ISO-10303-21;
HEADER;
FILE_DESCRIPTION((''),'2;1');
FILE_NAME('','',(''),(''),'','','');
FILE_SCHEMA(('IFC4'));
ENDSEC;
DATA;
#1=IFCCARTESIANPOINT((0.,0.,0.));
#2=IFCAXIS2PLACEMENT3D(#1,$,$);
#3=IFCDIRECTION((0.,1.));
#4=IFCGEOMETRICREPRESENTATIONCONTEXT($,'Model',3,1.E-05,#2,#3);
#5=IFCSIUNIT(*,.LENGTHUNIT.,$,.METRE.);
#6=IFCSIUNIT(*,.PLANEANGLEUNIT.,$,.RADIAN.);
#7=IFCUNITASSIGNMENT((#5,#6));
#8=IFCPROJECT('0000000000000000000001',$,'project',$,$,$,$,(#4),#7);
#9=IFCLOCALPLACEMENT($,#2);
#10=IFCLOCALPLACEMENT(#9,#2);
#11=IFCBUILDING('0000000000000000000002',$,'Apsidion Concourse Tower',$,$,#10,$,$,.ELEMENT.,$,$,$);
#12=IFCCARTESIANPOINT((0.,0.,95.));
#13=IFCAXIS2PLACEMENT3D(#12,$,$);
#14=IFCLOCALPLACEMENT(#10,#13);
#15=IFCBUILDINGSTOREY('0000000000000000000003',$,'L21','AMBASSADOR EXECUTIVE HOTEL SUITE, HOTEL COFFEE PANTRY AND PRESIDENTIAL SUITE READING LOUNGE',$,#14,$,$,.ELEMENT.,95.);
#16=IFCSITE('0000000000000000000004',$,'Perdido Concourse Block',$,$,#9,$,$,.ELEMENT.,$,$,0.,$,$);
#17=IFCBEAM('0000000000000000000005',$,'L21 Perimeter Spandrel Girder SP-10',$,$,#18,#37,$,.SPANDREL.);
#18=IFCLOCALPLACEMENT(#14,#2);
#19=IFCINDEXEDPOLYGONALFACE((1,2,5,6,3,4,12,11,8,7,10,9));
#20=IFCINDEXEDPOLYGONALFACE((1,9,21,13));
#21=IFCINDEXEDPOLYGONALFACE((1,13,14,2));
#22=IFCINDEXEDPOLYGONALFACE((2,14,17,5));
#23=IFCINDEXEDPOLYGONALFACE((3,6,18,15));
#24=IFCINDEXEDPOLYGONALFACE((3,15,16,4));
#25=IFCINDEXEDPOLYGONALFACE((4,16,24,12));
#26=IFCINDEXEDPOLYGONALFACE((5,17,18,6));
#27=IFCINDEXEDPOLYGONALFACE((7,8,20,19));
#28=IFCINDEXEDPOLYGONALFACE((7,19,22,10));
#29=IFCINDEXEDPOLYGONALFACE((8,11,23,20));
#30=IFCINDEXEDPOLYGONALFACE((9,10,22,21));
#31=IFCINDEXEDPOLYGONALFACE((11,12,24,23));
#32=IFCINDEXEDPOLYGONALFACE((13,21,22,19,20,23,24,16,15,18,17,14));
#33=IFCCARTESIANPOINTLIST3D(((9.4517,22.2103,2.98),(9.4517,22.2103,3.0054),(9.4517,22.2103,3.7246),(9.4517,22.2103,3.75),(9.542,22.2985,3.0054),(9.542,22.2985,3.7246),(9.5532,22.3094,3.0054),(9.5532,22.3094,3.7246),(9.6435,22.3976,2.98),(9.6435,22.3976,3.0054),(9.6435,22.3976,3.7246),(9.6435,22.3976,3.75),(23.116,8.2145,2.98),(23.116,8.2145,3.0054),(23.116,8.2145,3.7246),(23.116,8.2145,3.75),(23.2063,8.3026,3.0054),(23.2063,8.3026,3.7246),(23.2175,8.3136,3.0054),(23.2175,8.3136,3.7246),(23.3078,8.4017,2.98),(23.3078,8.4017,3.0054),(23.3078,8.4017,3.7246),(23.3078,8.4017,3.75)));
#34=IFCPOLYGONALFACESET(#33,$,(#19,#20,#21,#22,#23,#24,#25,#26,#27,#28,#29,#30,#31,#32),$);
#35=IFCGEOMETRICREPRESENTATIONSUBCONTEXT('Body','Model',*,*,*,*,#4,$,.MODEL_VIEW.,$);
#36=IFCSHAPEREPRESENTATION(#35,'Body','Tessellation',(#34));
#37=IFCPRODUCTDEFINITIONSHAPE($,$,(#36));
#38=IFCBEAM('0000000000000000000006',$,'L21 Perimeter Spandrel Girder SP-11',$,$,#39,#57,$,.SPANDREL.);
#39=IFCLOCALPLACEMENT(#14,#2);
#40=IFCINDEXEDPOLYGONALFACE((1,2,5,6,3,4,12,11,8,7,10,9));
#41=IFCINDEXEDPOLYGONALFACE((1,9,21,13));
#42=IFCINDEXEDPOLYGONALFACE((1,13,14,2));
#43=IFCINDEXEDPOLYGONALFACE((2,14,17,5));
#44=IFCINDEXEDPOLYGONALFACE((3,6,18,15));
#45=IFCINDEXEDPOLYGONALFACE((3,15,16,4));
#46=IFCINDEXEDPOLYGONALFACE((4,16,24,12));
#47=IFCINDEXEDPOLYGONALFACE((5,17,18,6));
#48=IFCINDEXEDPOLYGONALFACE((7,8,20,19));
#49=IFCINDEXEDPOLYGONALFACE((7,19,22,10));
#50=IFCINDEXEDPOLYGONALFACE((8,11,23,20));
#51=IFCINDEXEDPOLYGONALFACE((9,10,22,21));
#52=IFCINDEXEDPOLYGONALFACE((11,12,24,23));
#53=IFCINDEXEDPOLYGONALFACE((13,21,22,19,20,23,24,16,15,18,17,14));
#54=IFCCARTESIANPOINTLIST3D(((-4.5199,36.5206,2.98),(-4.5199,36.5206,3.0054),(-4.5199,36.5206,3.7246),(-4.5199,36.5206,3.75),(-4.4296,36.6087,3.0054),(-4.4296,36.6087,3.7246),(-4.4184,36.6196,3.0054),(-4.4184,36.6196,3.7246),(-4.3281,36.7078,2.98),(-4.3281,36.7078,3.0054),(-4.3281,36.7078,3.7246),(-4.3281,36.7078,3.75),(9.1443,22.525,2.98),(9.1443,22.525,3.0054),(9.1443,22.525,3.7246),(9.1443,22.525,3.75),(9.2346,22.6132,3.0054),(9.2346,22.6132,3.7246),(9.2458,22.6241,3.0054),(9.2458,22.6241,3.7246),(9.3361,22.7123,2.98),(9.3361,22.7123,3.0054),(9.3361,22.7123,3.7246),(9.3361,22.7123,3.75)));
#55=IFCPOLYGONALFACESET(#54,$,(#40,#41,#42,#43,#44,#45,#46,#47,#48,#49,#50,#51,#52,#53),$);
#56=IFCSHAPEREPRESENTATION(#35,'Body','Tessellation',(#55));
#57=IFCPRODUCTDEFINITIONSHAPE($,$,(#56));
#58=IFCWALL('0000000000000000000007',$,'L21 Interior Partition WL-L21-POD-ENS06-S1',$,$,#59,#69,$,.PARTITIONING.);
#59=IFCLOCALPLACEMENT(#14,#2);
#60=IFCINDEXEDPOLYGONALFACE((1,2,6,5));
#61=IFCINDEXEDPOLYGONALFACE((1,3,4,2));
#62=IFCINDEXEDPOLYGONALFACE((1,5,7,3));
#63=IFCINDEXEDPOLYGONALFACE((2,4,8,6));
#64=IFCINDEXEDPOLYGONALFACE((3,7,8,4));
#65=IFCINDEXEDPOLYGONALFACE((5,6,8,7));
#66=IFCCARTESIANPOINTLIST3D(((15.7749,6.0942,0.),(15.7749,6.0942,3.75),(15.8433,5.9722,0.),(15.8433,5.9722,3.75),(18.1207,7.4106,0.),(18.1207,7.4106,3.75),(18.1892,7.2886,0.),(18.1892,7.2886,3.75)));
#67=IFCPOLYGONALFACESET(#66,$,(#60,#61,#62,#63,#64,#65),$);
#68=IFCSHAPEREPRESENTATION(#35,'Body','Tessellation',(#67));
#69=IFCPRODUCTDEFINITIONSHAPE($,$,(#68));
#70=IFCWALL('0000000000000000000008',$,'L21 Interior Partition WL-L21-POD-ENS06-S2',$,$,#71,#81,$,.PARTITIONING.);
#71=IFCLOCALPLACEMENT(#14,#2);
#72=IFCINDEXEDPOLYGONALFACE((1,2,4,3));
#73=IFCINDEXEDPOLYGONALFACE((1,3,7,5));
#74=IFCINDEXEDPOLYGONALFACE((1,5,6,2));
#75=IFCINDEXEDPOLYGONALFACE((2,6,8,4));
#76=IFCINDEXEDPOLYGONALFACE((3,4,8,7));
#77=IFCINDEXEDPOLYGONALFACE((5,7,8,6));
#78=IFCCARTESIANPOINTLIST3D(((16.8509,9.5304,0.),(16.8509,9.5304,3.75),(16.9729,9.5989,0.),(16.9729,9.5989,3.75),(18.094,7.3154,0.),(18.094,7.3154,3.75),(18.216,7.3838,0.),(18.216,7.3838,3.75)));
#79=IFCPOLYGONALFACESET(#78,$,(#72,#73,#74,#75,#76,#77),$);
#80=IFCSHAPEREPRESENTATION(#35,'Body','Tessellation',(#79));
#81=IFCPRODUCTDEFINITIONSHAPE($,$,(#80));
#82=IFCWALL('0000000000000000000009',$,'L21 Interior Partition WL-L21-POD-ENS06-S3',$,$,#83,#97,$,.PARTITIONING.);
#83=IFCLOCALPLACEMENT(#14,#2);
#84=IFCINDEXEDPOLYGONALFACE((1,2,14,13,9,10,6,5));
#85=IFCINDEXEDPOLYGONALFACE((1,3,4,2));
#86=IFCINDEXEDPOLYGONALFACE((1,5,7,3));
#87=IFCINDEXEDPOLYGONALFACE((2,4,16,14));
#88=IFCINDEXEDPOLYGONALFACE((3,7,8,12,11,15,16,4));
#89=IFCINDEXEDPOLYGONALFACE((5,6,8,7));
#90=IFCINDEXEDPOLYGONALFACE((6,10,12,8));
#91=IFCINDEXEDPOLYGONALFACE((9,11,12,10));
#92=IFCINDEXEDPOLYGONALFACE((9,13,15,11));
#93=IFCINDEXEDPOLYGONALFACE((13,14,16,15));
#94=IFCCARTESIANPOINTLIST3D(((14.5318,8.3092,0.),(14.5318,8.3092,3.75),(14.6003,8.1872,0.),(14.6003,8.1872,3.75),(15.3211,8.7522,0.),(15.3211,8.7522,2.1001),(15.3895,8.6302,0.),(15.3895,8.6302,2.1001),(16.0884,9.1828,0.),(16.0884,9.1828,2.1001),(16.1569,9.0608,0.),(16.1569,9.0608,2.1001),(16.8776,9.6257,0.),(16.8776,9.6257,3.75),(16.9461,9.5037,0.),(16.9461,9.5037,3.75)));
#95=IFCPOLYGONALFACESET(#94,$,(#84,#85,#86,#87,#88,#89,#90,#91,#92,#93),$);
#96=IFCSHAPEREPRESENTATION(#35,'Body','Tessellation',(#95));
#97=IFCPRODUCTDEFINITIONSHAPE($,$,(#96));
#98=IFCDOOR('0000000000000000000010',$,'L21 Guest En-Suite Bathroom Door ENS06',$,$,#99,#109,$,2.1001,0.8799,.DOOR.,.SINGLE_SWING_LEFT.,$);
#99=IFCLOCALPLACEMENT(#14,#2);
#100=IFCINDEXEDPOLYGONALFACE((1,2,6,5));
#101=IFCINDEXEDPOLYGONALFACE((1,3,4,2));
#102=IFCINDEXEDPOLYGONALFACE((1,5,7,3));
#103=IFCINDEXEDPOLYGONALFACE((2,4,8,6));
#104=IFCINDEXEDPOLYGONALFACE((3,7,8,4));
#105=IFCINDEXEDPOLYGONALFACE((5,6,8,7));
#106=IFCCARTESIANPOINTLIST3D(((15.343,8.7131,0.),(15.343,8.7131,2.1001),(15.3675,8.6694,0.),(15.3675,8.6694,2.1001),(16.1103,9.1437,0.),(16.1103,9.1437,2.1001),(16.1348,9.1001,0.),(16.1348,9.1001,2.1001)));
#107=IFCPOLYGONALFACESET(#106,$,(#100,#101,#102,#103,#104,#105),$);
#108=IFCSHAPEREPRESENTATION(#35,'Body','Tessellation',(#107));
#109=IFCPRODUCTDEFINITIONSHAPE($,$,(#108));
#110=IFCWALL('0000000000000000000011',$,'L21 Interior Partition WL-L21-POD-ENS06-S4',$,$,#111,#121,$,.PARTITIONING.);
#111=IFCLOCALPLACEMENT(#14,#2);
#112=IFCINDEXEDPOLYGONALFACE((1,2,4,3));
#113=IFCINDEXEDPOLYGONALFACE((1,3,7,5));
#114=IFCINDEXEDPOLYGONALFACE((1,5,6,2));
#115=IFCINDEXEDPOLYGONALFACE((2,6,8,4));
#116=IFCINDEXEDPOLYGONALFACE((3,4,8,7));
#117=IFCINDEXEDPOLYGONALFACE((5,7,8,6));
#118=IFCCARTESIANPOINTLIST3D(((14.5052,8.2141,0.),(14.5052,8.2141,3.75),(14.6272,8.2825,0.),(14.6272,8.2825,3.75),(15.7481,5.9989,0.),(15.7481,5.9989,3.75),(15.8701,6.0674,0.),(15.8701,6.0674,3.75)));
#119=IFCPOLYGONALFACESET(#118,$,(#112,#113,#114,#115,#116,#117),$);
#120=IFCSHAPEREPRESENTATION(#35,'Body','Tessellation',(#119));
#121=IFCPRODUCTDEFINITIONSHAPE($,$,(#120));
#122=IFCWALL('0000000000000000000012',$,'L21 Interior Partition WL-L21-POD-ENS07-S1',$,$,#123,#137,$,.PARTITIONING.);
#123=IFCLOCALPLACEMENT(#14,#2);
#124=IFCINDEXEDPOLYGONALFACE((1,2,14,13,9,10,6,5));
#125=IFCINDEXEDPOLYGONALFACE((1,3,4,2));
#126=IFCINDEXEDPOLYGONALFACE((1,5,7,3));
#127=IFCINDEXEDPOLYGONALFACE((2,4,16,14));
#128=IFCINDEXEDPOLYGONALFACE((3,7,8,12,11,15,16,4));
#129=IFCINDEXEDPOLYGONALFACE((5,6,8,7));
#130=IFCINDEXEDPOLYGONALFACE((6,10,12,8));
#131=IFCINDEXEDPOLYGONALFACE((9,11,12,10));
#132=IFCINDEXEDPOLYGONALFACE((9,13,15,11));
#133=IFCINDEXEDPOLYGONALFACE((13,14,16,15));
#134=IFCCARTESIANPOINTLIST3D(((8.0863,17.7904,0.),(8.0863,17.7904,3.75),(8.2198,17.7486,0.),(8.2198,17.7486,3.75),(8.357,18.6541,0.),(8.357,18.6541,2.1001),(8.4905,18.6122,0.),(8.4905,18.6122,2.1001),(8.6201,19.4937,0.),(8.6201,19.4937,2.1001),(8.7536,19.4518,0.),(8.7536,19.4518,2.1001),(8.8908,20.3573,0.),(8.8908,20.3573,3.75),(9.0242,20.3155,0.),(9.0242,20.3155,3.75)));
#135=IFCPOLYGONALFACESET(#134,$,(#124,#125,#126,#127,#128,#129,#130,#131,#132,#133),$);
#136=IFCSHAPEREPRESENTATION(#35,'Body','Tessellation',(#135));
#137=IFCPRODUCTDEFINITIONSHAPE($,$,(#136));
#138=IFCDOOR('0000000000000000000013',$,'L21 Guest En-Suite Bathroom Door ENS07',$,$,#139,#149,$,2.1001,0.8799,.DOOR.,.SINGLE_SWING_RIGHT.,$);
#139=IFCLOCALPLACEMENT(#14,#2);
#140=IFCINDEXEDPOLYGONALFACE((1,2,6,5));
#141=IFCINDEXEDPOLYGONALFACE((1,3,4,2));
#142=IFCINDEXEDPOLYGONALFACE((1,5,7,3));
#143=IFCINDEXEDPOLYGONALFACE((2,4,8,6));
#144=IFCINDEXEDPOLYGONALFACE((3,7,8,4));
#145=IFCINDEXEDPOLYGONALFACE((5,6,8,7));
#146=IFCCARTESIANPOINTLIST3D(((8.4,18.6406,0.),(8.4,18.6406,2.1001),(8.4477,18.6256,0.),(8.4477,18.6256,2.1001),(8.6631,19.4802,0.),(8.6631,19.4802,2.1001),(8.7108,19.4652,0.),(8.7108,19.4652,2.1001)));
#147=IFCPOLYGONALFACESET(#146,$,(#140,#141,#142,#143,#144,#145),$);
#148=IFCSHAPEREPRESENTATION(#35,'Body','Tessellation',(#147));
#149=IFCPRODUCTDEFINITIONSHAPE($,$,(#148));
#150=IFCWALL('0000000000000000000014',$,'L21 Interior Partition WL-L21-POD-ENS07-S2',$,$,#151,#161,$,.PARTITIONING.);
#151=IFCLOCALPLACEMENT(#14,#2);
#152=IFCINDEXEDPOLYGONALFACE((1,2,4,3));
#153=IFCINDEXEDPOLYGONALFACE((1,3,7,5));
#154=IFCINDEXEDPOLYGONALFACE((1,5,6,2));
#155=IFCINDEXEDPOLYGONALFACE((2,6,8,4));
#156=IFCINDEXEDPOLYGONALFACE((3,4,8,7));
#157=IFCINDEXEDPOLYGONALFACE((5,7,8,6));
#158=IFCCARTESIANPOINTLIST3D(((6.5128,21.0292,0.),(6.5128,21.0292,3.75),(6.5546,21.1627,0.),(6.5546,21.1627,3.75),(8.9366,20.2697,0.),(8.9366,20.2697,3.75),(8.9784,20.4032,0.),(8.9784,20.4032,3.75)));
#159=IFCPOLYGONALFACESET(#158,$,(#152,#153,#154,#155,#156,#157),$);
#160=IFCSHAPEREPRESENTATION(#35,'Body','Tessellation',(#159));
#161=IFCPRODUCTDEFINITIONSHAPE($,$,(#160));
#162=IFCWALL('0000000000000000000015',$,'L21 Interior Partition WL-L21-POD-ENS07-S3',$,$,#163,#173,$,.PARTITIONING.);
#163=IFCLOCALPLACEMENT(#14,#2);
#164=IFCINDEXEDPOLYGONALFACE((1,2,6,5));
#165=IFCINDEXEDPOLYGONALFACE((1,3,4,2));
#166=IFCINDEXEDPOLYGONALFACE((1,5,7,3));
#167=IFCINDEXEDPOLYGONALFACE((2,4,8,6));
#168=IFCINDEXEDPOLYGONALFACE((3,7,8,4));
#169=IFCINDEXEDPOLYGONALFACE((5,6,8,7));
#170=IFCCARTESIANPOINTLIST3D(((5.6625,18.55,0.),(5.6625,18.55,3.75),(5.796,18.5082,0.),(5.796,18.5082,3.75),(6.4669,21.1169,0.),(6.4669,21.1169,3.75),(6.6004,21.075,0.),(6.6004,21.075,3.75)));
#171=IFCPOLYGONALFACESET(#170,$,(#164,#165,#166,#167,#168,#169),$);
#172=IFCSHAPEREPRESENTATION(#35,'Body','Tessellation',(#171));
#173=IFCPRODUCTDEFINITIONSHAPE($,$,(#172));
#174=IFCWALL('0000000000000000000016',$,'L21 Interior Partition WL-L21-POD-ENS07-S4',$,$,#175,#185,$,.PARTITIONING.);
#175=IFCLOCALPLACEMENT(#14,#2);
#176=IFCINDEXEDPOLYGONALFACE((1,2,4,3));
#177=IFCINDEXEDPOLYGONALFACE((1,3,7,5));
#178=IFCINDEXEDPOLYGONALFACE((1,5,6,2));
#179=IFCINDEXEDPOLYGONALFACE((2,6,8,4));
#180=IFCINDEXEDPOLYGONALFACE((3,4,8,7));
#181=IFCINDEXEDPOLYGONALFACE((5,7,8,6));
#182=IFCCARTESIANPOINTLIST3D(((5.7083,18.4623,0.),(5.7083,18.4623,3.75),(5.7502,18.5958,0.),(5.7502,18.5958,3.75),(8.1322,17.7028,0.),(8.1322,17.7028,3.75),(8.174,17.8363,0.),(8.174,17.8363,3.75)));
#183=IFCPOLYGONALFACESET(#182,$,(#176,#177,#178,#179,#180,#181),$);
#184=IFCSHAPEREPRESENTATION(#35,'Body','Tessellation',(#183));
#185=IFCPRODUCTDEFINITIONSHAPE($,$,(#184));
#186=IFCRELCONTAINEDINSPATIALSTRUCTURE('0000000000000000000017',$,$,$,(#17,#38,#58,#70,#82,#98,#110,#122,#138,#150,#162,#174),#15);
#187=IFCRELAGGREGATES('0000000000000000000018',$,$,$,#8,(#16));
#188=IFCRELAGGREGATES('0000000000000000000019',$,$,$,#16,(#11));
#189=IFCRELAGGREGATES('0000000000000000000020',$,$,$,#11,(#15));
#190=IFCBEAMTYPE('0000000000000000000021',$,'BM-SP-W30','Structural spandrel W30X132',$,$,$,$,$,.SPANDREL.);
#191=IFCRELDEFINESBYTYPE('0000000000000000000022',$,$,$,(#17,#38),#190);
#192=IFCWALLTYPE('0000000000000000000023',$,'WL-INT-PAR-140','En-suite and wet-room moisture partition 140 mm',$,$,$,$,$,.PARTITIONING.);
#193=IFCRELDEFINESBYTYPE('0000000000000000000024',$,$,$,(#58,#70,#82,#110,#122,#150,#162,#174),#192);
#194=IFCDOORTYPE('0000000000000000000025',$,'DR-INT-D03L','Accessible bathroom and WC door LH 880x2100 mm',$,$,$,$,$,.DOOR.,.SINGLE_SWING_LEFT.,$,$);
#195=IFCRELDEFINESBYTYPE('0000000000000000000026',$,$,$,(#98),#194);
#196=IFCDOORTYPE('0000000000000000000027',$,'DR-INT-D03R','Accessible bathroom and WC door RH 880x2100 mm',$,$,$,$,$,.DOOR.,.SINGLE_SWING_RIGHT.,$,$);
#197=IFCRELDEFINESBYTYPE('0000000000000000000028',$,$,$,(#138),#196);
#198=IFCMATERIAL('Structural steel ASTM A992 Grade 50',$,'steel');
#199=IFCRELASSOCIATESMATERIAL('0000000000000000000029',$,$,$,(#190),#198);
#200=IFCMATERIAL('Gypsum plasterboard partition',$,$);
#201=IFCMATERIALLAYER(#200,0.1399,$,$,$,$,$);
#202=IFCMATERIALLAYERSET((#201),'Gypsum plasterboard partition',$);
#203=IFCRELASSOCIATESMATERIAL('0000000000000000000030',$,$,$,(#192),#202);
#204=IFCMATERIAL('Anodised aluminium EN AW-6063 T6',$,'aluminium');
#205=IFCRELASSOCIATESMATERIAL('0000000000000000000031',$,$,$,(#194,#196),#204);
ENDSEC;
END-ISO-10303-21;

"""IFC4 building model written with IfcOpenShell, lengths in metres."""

from ifc_helpers import new_model, si_unit, direction, frame, frame_2d, origin, origin_2d, place, context, subcontext, project, spatial, rectangle, i_section, extrude, material, layer, layer_set, material_profile, profile_set, type_object, element, fill, save


model = new_model("IFC4")

# Units and contexts
model_context = context("Model", 3, precision=1e-05, world=origin(), true_north=direction((0.0, 1.0)))
body_context = subcontext(model_context, "Body", "Model", "MODEL_VIEW")
ifc_project = project(units=[si_unit("LENGTHUNIT", "METRE"), si_unit("PLANEANGLEUNIT", "RADIAN")], contexts=[model_context])

# Site, building, storey
site_placement = place(None, origin())
site = spatial("IfcSite", under=ifc_project, at=site_placement, Name="Perdido Concourse Block", CompositionType="ELEMENT", RefElevation=0.0)
building_placement = place(site_placement, origin())
building = spatial("IfcBuilding", under=site, at=building_placement, Name="Apsidion Concourse Tower", CompositionType="ELEMENT")
storey_placement = place(building_placement, frame((0.0, 0.0, 95.0)))
storey = spatial("IfcBuildingStorey", under=building, at=storey_placement, Name="L21", Description="AMBASSADOR EXECUTIVE HOTEL SUITE, HOTEL COFFEE PANTRY AND PRESIDENTIAL SUITE READING LOUNGE", CompositionType="ELEMENT", Elevation=95.0)

# Beams
ifc_material_1 = material(Name="Structural steel ASTM A992 Grade 50", Category="steel")
ifc_material_profile_1 = material_profile(ifc_material_1, i_section(OverallWidth=0.2681, OverallDepth=0.77, WebThickness=0.0156, FlangeThickness=0.0254, at=origin_2d()), Name="W30X132")
ifc_profile_set_1 = profile_set([ifc_material_profile_1], Name="Structural steel ASTM A992 Grade 50")
beam_type_1 = type_object("IfcBeamType", Name="BM-SP-W30", Description="Structural spandrel W30X132", PredefinedType="SPANDREL", material=ifc_profile_set_1)
beam_1_placement = place(storey_placement, frame((23.2119, 8.3081, 3.365), z_axis=(-0.698581, 0.715531, 0.0), x_axis=(-0.715531, -0.698581, 0.0)))
element("IfcBeam", 1, at=beam_1_placement, inside=storey, type_object=beam_type_1, Name="L21 Perimeter Spandrel Girder SP-10", PredefinedType="SPANDREL", context=body_context, shape_type="SweptSolid", body=[
    extrude(i_section(OverallWidth=0.2681, OverallDepth=0.77, WebThickness=0.0156, FlangeThickness=0.0254, at=origin_2d()), origin(), (0.0, 0.0, 1.0), 19.5601),
])
beam_2_placement = place(storey_placement, frame((9.2402, 22.6187, 3.365), z_axis=(-0.698587, 0.715525, 0.0), x_axis=(-0.715525, -0.698587, 0.0)))
element("IfcBeam", 2, at=beam_2_placement, inside=storey, type_object=beam_type_1, Name="L21 Perimeter Spandrel Girder SP-11", PredefinedType="SPANDREL", context=body_context, shape_type="SweptSolid", body=[
    extrude(i_section(OverallWidth=0.2681, OverallDepth=0.77, WebThickness=0.0156, FlangeThickness=0.0254, at=origin_2d()), origin(), (0.0, 0.0, 1.0), 19.5598),
])

# Walls
ifc_material_2 = material(Name="Gypsum plasterboard partition")
ifc_layer_1 = layer(ifc_material_2, 0.1399)
ifc_layer_set_1 = layer_set([ifc_layer_1], Name="Gypsum plasterboard partition")
wall_type_1 = type_object("IfcWallType", Name="WL-INT-PAR-140", Description="En-suite and wet-room moisture partition 140 mm", PredefinedType="PARTITIONING", material=ifc_layer_set_1)
wall_1_placement = place(storey_placement, frame((15.8091, 6.0332, 0.0), z_axis=(0.0, 0.0, 1.0), x_axis=(0.872082, 0.48936, 0.0)))
element("IfcWall", 3, at=wall_1_placement, inside=storey, type_object=wall_type_1, Name="L21 Interior Partition WL-L21-POD-ENS06-S1", PredefinedType="PARTITIONING", context=body_context, shape_type="SweptSolid", body=[
    extrude(rectangle(XDim=2.6899, YDim=0.1399, at=frame_2d((1.345, 0.0))), origin(), (0.0, 0.0, 1.0), 3.75),
])
wall_2_placement = place(storey_placement, frame((18.155, 7.3496, 0.0), z_axis=(0.0, 0.0, 1.0), x_axis=(-0.489417, 0.87205, 0.0)))
element("IfcWall", 4, at=wall_2_placement, inside=storey, type_object=wall_type_1, Name="L21 Interior Partition WL-L21-POD-ENS06-S2", PredefinedType="PARTITIONING", context=body_context, shape_type="SweptSolid", body=[
    extrude(rectangle(XDim=2.54, YDim=0.1399, at=frame_2d((1.27, 0.0))), origin(), (0.0, 0.0, 1.0), 3.75),
])

# Wall, opening, door
wall_3_placement = place(storey_placement, frame((16.9119, 9.5647, 0.0), z_axis=(0.0, 0.0, 1.0), x_axis=(-0.87206, -0.489399, 0.0)))
wall_3 = element("IfcWall", 5, at=wall_3_placement, inside=storey, type_object=wall_type_1, Name="L21 Interior Partition WL-L21-POD-ENS06-S3", PredefinedType="PARTITIONING", context=body_context, shape_type="SweptSolid", body=[
    extrude(rectangle(XDim=2.6899, YDim=0.1399, at=frame_2d((1.345, 0.0))), origin(), (0.0, 0.0, 1.0), 3.75),
])
opening_1_placement = place(wall_3_placement, frame((0.905, 0.0, 0.0)))
opening_1 = element("IfcOpeningElement", 6, at=opening_1_placement, cuts=wall_3, PredefinedType="OPENING", context=body_context, shape_type="SweptSolid", body=[
    extrude(rectangle(XDim=0.8799, YDim=2.1001, at=frame_2d((0.4399, 1.05))), frame((0.0, 0.0801, 0.0), z_axis=(0.0, -1.0, 0.0), x_axis=(1.0, 0.0, 0.0)), (0.0, 0.0, 1.0), 0.1599),
])
ifc_material_3 = material(Name="Anodised aluminium EN AW-6063 T6", Category="aluminium")
door_type_1 = type_object("IfcDoorType", Name="DR-INT-D03L", Description="Accessible bathroom and WC door LH 880x2100 mm", OperationType="SINGLE_SWING_LEFT", PredefinedType="DOOR", material=ifc_material_3)
door_1_placement = place(opening_1_placement, origin())
door_1 = element("IfcDoor", 7, at=door_1_placement, inside=storey, type_object=door_type_1, Name="L21 Guest En-Suite Bathroom Door ENS06", OperationType="SINGLE_SWING_LEFT", OverallHeight=2.1001, OverallWidth=0.8799, PredefinedType="DOOR", context=body_context, shape_type="SweptSolid", body=[
    extrude(rectangle(XDim=0.8799, YDim=2.1001, at=frame_2d((0.4399, 1.05))), frame((0.0, 0.0249, 0.0), z_axis=(0.0, -1.0, 0.0), x_axis=(1.0, 0.0, 0.0)), (0.0, 0.0, 1.0), 0.05),
])
fill(opening_1, door_1)

# Wall
wall_4_placement = place(storey_placement, frame((14.5662, 8.2483, 0.0), z_axis=(0.0, 0.0, 1.0), x_axis=(0.489344, -0.872091, 0.0)))
element("IfcWall", 8, at=wall_4_placement, inside=storey, type_object=wall_type_1, Name="L21 Interior Partition WL-L21-POD-ENS06-S4", PredefinedType="PARTITIONING", context=body_context, shape_type="SweptSolid", body=[
    extrude(rectangle(XDim=2.54, YDim=0.1399, at=frame_2d((1.27, 0.0))), origin(), (0.0, 0.0, 1.0), 3.75),
])

# Wall, opening, door
wall_5_placement = place(storey_placement, frame((8.1531, 17.7695, 0.0), z_axis=(0.0, 0.0, 1.0), x_axis=(0.29905, 0.954237, 0.0)))
wall_5 = element("IfcWall", 9, at=wall_5_placement, inside=storey, type_object=wall_type_1, Name="L21 Interior Partition WL-L21-POD-ENS07-S1", PredefinedType="PARTITIONING", context=body_context, shape_type="SweptSolid", body=[
    extrude(rectangle(XDim=2.6899, YDim=0.1399, at=frame_2d((1.345, 0.0))), origin(), (0.0, 0.0, 1.0), 3.75),
])
opening_2_placement = place(wall_5_placement, frame((0.905, 0.0, 0.0)))
opening_2 = element("IfcOpeningElement", 10, at=opening_2_placement, cuts=wall_5, PredefinedType="OPENING", context=body_context, shape_type="SweptSolid", body=[
    extrude(rectangle(XDim=0.8799, YDim=2.1001, at=frame_2d((0.4399, 1.05))), frame((0.0, 0.0801, 0.0), z_axis=(0.0, -1.0, 0.0), x_axis=(1.0, 0.0, 0.0)), (0.0, 0.0, 1.0), 0.1599),
])
door_type_2 = type_object("IfcDoorType", Name="DR-INT-D03R", Description="Accessible bathroom and WC door RH 880x2100 mm", OperationType="SINGLE_SWING_RIGHT", PredefinedType="DOOR", material=ifc_material_3)
door_2_placement = place(opening_2_placement, origin())
door_2 = element("IfcDoor", 11, at=door_2_placement, inside=storey, type_object=door_type_2, Name="L21 Guest En-Suite Bathroom Door ENS07", OperationType="SINGLE_SWING_RIGHT", OverallHeight=2.1001, OverallWidth=0.8799, PredefinedType="DOOR", context=body_context, shape_type="SweptSolid", body=[
    extrude(rectangle(XDim=0.8799, YDim=2.1001, at=frame_2d((0.4399, 1.05))), frame((0.0, 0.0249, 0.0), z_axis=(0.0, -1.0, 0.0), x_axis=(1.0, 0.0, 0.0)), (0.0, 0.0, 1.0), 0.05),
])
fill(opening_2, door_2)

# Walls
wall_6_placement = place(storey_placement, frame((8.9575, 20.3364, 0.0), z_axis=(0.0, 0.0, 1.0), x_axis=(-0.954247, 0.299019, 0.0)))
element("IfcWall", 12, at=wall_6_placement, inside=storey, type_object=wall_type_1, Name="L21 Interior Partition WL-L21-POD-ENS07-S2", PredefinedType="PARTITIONING", context=body_context, shape_type="SweptSolid", body=[
    extrude(rectangle(XDim=2.54, YDim=0.1399, at=frame_2d((1.27, 0.0))), origin(), (0.0, 0.0, 1.0), 3.75),
])
wall_7_placement = place(storey_placement, frame((6.5337, 21.0959, 0.0), z_axis=(0.0, 0.0, 1.0), x_axis=(-0.29905, -0.954237, 0.0)))
element("IfcWall", 13, at=wall_7_placement, inside=storey, type_object=wall_type_1, Name="L21 Interior Partition WL-L21-POD-ENS07-S3", PredefinedType="PARTITIONING", context=body_context, shape_type="SweptSolid", body=[
    extrude(rectangle(XDim=2.6899, YDim=0.1399, at=frame_2d((1.345, 0.0))), origin(), (0.0, 0.0, 1.0), 3.75),
])
wall_8_placement = place(storey_placement, frame((5.7292, 18.5291, 0.0), z_axis=(0.0, 0.0, 1.0), x_axis=(0.954247, -0.299019, 0.0)))
element("IfcWall", 14, at=wall_8_placement, inside=storey, type_object=wall_type_1, Name="L21 Interior Partition WL-L21-POD-ENS07-S4", PredefinedType="PARTITIONING", context=body_context, shape_type="SweptSolid", body=[
    extrude(rectangle(XDim=2.54, YDim=0.1399, at=frame_2d((1.27, 0.0))), origin(), (0.0, 0.0, 1.0), 3.75),
])

save(model, "model.ifc")
